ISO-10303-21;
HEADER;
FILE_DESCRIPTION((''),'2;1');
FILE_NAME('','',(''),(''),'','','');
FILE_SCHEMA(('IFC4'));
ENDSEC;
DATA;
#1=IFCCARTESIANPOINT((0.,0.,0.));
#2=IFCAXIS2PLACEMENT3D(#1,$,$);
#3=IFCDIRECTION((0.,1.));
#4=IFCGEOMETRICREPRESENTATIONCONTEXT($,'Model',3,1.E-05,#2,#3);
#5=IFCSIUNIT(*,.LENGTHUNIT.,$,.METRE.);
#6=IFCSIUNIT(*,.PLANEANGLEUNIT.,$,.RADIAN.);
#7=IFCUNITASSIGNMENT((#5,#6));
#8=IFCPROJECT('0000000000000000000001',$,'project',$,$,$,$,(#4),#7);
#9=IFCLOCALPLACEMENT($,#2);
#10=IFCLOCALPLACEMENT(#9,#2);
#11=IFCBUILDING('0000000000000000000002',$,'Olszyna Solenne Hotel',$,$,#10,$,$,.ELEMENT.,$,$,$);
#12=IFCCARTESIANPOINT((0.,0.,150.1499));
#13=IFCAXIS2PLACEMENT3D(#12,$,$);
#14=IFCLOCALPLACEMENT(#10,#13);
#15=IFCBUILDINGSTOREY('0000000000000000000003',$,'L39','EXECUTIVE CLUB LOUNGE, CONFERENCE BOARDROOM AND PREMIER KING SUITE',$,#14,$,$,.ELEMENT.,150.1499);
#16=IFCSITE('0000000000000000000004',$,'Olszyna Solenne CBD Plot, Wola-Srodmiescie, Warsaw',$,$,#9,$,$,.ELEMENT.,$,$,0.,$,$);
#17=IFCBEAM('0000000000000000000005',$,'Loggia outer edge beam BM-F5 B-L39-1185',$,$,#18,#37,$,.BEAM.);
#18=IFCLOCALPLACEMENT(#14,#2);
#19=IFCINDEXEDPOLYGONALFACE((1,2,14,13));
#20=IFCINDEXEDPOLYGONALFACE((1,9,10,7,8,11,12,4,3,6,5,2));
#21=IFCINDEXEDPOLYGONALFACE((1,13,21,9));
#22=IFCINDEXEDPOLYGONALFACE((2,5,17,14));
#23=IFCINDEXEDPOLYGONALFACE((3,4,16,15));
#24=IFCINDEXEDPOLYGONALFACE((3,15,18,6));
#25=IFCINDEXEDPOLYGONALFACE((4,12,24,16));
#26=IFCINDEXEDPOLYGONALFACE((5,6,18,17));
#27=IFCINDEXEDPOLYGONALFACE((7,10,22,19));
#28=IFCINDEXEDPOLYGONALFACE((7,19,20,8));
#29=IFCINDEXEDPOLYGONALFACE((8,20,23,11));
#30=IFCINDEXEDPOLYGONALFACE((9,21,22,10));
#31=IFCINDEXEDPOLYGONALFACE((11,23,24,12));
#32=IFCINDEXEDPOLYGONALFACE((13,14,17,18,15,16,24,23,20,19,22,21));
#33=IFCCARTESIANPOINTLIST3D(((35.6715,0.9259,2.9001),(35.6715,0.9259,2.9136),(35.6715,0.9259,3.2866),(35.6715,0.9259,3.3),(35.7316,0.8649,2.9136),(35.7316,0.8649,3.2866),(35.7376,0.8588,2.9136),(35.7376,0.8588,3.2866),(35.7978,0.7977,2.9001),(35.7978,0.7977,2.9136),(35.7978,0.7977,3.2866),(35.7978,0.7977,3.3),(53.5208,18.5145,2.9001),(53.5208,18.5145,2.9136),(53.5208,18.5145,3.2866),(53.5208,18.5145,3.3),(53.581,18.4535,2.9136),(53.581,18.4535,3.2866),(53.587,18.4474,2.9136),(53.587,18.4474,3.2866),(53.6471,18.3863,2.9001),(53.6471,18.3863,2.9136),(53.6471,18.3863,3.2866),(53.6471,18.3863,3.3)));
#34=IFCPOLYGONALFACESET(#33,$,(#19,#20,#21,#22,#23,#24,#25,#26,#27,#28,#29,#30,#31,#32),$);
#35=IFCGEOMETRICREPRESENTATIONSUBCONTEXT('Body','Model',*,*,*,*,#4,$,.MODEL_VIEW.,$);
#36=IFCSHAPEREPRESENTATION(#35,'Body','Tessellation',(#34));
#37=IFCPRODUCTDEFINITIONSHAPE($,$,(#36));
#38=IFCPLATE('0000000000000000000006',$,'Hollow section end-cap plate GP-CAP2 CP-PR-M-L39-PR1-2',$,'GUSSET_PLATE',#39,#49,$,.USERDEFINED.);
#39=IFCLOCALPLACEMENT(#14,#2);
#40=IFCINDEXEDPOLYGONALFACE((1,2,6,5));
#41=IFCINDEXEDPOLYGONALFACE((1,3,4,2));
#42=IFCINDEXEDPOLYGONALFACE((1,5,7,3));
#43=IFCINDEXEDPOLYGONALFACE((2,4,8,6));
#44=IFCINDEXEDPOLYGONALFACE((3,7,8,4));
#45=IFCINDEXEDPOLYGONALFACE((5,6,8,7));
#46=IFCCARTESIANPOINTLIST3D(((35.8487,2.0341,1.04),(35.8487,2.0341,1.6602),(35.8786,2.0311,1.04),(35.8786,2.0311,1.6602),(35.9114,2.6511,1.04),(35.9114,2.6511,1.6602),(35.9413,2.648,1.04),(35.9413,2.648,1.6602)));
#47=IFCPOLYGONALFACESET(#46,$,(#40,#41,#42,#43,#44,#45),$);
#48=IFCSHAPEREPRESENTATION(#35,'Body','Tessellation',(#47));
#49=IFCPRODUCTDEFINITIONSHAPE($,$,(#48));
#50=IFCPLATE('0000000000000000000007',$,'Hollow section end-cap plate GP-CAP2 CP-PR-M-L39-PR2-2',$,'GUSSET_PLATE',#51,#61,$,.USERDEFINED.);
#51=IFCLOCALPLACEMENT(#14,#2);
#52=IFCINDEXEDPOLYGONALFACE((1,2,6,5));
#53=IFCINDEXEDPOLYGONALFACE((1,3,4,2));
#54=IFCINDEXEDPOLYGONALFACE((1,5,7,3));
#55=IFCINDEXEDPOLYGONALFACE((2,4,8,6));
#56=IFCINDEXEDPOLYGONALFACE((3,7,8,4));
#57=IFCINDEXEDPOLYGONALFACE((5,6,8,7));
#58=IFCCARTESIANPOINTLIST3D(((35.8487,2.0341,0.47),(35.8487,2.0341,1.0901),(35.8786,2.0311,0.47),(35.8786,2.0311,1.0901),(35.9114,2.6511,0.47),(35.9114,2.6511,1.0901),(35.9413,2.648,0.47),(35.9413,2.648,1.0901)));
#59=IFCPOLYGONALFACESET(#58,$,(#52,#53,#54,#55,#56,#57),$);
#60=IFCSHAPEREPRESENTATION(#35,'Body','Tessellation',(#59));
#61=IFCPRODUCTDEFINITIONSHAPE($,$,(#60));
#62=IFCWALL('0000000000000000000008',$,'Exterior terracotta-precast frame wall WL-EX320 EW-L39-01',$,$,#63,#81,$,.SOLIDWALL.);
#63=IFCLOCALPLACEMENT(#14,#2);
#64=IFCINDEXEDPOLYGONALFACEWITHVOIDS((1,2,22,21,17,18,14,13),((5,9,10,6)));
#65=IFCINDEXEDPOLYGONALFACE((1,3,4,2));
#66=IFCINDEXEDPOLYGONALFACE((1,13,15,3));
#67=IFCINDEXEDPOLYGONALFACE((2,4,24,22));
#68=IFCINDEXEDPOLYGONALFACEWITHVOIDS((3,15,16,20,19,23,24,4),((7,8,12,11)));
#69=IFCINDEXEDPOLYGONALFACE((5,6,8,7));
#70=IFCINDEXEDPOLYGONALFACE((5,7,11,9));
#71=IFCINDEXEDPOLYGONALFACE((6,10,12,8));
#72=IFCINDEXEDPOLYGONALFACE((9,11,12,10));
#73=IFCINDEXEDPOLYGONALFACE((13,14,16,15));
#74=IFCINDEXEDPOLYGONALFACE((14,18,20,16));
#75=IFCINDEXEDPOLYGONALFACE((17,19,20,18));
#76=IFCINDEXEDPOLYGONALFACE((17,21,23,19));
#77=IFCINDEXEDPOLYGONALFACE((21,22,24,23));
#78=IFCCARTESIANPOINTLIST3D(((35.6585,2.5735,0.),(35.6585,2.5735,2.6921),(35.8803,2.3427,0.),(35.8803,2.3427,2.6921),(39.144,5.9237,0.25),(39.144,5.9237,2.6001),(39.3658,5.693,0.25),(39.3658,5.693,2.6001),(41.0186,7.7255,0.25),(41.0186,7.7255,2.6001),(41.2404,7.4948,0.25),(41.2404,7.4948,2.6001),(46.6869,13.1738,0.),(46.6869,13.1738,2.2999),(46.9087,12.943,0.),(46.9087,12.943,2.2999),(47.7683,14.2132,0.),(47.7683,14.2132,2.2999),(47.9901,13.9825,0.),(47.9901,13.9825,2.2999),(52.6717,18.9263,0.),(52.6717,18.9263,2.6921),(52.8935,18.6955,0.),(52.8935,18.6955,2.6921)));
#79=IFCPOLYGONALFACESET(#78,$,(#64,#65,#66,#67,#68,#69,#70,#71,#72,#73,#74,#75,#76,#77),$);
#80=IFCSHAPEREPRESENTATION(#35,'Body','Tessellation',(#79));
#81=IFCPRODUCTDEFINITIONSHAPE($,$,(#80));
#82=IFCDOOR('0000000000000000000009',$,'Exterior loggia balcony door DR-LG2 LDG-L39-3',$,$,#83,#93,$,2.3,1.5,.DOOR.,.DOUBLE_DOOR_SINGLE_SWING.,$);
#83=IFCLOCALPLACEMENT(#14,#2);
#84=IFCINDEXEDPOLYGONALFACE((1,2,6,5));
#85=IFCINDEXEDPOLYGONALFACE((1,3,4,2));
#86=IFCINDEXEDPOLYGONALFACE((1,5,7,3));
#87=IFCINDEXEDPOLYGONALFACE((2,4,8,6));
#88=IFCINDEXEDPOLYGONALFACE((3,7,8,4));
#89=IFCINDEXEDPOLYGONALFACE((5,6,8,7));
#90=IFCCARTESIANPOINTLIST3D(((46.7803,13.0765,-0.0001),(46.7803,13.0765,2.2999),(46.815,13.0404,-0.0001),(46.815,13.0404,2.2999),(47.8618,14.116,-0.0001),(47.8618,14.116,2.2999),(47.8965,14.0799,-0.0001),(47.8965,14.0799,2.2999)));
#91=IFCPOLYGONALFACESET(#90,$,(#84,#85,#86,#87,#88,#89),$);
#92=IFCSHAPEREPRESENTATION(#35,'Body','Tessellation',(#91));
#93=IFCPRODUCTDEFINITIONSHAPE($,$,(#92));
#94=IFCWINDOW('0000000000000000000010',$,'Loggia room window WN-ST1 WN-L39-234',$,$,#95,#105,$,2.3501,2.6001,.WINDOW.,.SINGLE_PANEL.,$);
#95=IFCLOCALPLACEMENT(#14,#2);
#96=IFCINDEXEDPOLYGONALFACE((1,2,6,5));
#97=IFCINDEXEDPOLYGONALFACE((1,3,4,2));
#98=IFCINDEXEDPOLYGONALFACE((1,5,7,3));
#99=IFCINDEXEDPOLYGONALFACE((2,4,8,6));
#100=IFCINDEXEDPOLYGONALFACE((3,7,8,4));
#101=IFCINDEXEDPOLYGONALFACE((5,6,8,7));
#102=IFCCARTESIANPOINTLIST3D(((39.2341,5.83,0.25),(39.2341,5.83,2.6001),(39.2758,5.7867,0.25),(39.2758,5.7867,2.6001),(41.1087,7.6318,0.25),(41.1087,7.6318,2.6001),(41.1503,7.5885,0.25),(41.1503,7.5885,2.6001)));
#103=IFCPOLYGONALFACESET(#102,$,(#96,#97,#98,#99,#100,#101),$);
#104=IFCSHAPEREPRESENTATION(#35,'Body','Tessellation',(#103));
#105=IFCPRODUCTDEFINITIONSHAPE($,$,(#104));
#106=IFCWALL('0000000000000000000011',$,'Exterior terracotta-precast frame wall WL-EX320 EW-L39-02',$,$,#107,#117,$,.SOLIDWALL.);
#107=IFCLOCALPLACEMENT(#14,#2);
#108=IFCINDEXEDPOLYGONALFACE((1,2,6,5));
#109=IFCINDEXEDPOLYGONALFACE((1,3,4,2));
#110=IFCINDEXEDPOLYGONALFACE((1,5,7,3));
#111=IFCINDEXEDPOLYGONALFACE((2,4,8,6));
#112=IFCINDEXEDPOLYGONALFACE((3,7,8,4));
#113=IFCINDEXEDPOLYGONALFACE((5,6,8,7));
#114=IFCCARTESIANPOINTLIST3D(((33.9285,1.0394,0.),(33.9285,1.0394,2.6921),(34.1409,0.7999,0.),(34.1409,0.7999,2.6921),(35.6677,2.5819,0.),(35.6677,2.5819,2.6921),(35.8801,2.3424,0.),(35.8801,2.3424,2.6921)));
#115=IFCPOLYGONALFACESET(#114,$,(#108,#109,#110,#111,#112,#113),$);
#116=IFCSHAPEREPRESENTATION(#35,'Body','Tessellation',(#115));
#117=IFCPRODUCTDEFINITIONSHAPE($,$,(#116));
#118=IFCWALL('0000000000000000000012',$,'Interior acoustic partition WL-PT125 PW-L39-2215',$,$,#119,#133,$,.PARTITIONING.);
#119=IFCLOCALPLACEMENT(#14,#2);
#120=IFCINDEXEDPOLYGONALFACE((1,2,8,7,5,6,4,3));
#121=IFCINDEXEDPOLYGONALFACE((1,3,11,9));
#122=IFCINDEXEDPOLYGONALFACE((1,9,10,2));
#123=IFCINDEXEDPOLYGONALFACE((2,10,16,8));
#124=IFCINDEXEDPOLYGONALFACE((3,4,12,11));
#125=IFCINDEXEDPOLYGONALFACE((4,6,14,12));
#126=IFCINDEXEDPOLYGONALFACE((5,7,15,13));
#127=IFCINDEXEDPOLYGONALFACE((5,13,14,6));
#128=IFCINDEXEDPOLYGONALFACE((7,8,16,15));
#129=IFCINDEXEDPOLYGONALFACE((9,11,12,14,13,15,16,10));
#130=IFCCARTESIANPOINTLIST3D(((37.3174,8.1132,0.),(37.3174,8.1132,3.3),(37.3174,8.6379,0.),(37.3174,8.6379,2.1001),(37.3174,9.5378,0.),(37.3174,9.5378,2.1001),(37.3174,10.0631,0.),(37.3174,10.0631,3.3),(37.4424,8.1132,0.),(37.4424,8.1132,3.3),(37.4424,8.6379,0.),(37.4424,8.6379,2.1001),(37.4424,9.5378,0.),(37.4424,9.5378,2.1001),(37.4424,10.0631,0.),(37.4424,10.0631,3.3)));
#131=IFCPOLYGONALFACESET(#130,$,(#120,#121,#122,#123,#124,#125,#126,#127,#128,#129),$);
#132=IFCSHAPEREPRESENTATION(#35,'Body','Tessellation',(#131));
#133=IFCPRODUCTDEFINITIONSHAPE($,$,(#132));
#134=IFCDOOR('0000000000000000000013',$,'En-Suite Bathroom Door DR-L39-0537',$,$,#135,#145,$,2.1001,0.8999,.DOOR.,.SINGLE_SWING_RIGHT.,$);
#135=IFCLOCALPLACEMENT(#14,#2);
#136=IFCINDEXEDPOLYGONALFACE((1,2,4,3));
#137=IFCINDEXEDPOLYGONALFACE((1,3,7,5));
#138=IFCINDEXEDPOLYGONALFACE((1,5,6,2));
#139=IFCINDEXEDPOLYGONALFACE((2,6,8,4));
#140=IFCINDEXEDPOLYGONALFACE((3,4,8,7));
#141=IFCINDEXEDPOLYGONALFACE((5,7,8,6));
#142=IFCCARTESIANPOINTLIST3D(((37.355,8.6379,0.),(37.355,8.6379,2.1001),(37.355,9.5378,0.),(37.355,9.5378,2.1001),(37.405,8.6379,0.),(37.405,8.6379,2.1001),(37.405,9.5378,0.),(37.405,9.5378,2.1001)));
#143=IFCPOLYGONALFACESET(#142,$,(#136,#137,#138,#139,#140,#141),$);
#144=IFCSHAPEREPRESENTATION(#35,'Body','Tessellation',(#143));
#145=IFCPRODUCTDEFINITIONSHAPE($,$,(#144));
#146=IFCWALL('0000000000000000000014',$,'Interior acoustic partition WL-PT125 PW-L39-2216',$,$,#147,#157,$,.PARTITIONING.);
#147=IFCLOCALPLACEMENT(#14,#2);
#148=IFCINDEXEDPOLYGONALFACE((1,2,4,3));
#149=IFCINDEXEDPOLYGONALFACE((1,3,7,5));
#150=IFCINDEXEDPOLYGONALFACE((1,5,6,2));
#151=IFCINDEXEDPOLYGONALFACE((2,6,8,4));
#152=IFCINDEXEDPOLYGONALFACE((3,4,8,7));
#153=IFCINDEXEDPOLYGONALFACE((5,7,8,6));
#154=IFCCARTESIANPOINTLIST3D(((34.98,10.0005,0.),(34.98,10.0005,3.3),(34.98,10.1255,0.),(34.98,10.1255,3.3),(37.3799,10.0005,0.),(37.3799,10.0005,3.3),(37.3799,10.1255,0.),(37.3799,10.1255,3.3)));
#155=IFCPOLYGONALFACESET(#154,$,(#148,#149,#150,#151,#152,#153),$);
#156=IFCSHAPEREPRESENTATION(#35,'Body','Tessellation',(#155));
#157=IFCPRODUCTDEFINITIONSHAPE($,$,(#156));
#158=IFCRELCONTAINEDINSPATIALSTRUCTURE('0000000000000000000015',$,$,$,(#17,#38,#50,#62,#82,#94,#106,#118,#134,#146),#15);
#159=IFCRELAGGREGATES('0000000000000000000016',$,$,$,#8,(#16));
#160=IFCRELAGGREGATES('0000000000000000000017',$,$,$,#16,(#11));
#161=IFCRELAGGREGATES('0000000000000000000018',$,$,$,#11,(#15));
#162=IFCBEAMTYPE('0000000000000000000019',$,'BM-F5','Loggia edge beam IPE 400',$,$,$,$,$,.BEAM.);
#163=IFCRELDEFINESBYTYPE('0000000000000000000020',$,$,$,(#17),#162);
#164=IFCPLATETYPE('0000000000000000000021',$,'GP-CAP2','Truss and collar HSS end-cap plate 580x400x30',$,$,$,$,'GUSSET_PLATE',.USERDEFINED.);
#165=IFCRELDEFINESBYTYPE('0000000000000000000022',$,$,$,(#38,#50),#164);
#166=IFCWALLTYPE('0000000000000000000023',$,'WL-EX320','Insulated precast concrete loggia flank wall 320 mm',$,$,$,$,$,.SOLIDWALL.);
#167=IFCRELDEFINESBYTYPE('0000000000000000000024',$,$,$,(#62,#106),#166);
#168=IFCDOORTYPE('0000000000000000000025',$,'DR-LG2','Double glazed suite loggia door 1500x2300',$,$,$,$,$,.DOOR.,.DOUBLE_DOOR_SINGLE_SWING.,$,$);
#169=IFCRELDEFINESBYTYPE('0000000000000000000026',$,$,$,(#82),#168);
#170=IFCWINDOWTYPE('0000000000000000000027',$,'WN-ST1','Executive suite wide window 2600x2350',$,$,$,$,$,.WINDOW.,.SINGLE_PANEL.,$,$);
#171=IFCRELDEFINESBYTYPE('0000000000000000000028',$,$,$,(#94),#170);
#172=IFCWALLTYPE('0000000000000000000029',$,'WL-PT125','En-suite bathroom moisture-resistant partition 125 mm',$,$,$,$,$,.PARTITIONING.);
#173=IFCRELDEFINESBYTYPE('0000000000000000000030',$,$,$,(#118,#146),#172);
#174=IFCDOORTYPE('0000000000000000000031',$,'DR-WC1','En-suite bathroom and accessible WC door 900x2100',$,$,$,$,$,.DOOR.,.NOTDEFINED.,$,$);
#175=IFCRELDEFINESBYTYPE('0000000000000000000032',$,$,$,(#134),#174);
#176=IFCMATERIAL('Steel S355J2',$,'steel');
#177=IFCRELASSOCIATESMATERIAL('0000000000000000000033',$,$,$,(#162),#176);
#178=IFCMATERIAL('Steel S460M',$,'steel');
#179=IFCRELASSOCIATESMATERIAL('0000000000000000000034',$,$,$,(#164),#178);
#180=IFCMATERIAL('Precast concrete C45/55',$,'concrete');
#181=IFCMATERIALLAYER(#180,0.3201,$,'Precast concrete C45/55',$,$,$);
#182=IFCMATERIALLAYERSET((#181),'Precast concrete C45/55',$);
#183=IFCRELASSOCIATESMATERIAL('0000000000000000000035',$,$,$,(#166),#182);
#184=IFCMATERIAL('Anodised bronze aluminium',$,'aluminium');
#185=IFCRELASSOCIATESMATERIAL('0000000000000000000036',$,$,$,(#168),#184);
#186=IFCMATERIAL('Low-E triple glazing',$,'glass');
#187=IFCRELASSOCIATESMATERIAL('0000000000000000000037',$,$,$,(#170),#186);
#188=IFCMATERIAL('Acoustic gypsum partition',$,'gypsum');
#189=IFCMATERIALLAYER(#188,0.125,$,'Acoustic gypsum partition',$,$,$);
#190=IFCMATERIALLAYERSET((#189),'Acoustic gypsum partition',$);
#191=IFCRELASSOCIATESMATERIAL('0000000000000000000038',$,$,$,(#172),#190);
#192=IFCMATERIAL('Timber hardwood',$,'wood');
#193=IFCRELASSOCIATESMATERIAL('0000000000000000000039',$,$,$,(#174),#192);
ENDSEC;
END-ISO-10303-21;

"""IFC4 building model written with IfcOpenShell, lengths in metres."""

from ifc_helpers import new_model, si_unit, direction, frame, frame_2d, origin, origin_2d, place, context, subcontext, project, spatial, rectangle, i_section, extrude, source, transform, mapped, material, layer, layer_set, material_profile, profile_set, type_object, type_shapes, element, fill, save


model = new_model("IFC4")

# Units and contexts
model_context = context("Model", 3, precision=1e-05, world=origin(), true_north=direction((0.0, 1.0)))
body_context = subcontext(model_context, "Body", "Model", "MODEL_VIEW")
ifc_project = project(units=[si_unit("LENGTHUNIT", "METRE"), si_unit("PLANEANGLEUNIT", "RADIAN")], contexts=[model_context])

# Site, building, storey
site_placement = place(None, origin())
site = spatial("IfcSite", under=ifc_project, at=site_placement, Name="Olszyna Solenne CBD Plot, Wola-Srodmiescie, Warsaw", CompositionType="ELEMENT", RefElevation=0.0)
building_placement = place(site_placement, origin())
building = spatial("IfcBuilding", under=site, at=building_placement, Name="Olszyna Solenne Hotel", CompositionType="ELEMENT")
storey_placement = place(building_placement, frame((0.0, 0.0, 150.1499)))
storey = spatial("IfcBuildingStorey", under=building, at=storey_placement, Name="L39", Description="EXECUTIVE CLUB LOUNGE, CONFERENCE BOARDROOM AND PREMIER KING SUITE", CompositionType="ELEMENT", Elevation=150.1499)

# Shared definitions
ifc_material_1 = material(Name="Steel S460M", Category="steel")

# Beam
ifc_material_2 = material(Name="Steel S355J2", Category="steel")
ifc_material_profile_1 = material_profile(ifc_material_2, i_section(OverallWidth=0.1799, OverallDepth=0.3999, WebThickness=0.0085, FlangeThickness=0.0134, at=origin_2d()), Name="IPE 400", Category="load-bearing")
ifc_profile_set_1 = profile_set([ifc_material_profile_1], Name="Steel S355J2")
beam_type_1 = type_object("IfcBeamType", Name="BM-F5", Description="Loggia edge beam IPE 400", PredefinedType="BEAM", material=ifc_profile_set_1)
shared_shape_1 = source(origin(), body_context, "Body", "SweptSolid", [
    extrude(i_section(OverallWidth=0.1799, OverallDepth=0.3999, WebThickness=0.0085, FlangeThickness=0.0134, at=origin_2d()), origin(), (0.0, 0.0, 1.0), 25.0591),
])
beam_1_placement = place(storey_placement, frame((35.7346, 0.8618, 3.1001), z_axis=(0.71229, 0.701885, 0.0), x_axis=(-0.701885, 0.71229, 0.0)))
element("IfcBeam", 1, at=beam_1_placement, inside=storey, type_object=beam_type_1, Name="Loggia outer edge beam BM-F5 B-L39-1185", PredefinedType="BEAM", context=body_context, shape_type="MappedRepresentation", body=[
    mapped(shared_shape_1, transform((0.0, 0.0, 0.0), x_axis=(1.0, 0.0, 0.0), y_axis=(0.0, 1.0, 0.0), z_axis=(0.0, 0.0, 1.0), scale=1.0)),
])

# Plates
plate_type = type_object("IfcPlateType", Name="GP-CAP2", Description="Truss and collar HSS end-cap plate 580x400x30", ElementType="GUSSET_PLATE", PredefinedType="USERDEFINED", material=ifc_material_1)
shared_shape_2 = source(origin(), body_context, "Body", "SweptSolid", [
    extrude(rectangle(XDim=0.03, YDim=0.6201, at=origin_2d()), origin(), (0.0, 0.0, 1.0), 0.6201),
])
for number, where, z_axis, x_axis, name in (
    (2, (35.895, 2.3411, 1.04), (0.0, 0.0, 1.0), (0.994881, -0.101056, 0.0), "Hollow section end-cap plate GP-CAP2 CP-PR-M-L39-PR1-2"),
    (3, (35.895, 2.3411, 0.47), (0.0, 0.0, 1.0), (0.994881, -0.101056, 0.0), "Hollow section end-cap plate GP-CAP2 CP-PR-M-L39-PR2-2"),
):
    element("IfcPlate", number, at=place(storey_placement, frame(where, z_axis=z_axis, x_axis=x_axis)), inside=storey, type_object=plate_type, Name=name, ObjectType="GUSSET_PLATE", PredefinedType="USERDEFINED", context=body_context, shape_type="MappedRepresentation", body=[
        mapped(shared_shape_2, transform((0.0, 0.0, 0.0), x_axis=(1.0, 0.0, 0.0), y_axis=(0.0, 1.0, 0.0), z_axis=(0.0, 0.0, 1.0), scale=1.0)),
    ])

# Wall, openings, door, window
ifc_material_3 = material(Name="Precast concrete C45/55", Category="concrete")
ifc_layer_1 = layer(ifc_material_3, 0.3201, Name="Precast concrete C45/55")
ifc_layer_set_1 = layer_set([ifc_layer_1], Name="Precast concrete C45/55")
wall_type_1 = type_object("IfcWallType", Name="WL-EX320", Description="Insulated precast concrete loggia flank wall 320 mm", PredefinedType="SOLIDWALL", material=ifc_layer_set_1)
wall_1_placement = place(storey_placement, frame((52.7825, 18.8108, 0.0), z_axis=(0.0, 0.0, 1.0), x_axis=(-0.720961, -0.692976, 0.0)))
wall_1 = element("IfcWall", 4, at=wall_1_placement, inside=storey, type_object=wall_type_1, Name="Exterior terracotta-precast frame wall WL-EX320 EW-L39-01", PredefinedType="SOLIDWALL", context=body_context, shape_type="SweptSolid", body=[
    extrude(rectangle(XDim=23.5979, YDim=0.3201, at=frame_2d((11.7988, 0.0))), origin(), (0.0, 0.0, 1.0), 2.6921),
])
opening_1_placement = place(wall_1_placement, frame((6.801, 0.0, 0.0)))
opening_1 = element("IfcOpeningElement", 5, at=opening_1_placement, cuts=wall_1, PredefinedType="OPENING", context=body_context, shape_type="SweptSolid", body=[
    extrude(rectangle(XDim=1.5, YDim=2.3, at=frame_2d((0.75, 1.1499))), frame((0.0, 0.1699, 0.0), z_axis=(0.0, -1.0, 0.0), x_axis=(1.0, 0.0, 0.0)), (0.0, 0.0, 1.0), 0.3401),
])
opening_2_placement = place(wall_1_placement, frame((16.1631, 0.0, 0.25)))
opening_2 = element("IfcOpeningElement", 6, at=opening_2_placement, cuts=wall_1, PredefinedType="OPENING", context=body_context, shape_type="SweptSolid", body=[
    extrude(rectangle(XDim=2.6001, YDim=2.3501, at=frame_2d((1.3, 1.175))), frame((0.0, 0.1699, 0.0), z_axis=(0.0, -1.0, 0.0), x_axis=(1.0, 0.0, 0.0)), (0.0, 0.0, 1.0), 0.3401),
])
ifc_material_4 = material(Name="Anodised bronze aluminium", Category="aluminium")
door_type_1 = type_object("IfcDoorType", Name="DR-LG2", Description="Double glazed suite loggia door 1500x2300", OperationType="DOUBLE_DOOR_SINGLE_SWING", PredefinedType="DOOR", material=ifc_material_4)
shared_shape_3 = source(origin(), body_context, "Body", "SweptSolid", [
    extrude(rectangle(XDim=1.5, YDim=2.3, at=frame_2d((0.75, 1.1499))), frame((0.0, 0.0249, 0.0), z_axis=(0.0, -1.0, 0.0), x_axis=(1.0, 0.0, 0.0)), (0.0, 0.0, 1.0), 0.05),
])
type_shapes(door_type_1, [shared_shape_3])
door_1_placement = place(opening_1_placement, origin())
door_1 = element("IfcDoor", 7, at=door_1_placement, inside=storey, type_object=door_type_1, Name="Exterior loggia balcony door DR-LG2 LDG-L39-3", OperationType="DOUBLE_DOOR_SINGLE_SWING", OverallHeight=2.3, OverallWidth=1.5, PredefinedType="DOOR", context=body_context, shape_type="MappedRepresentation", body=[
    mapped(shared_shape_3, transform((0.0, 0.0, 0.0), x_axis=(1.0, 0.0, 0.0), y_axis=(0.0, 1.0, 0.0), z_axis=(0.0, 0.0, 1.0), scale=1.0)),
])
fill(opening_1, door_1)
ifc_material_5 = material(Name="Low-E triple glazing", Category="glass")
window_type = type_object("IfcWindowType", Name="WN-ST1", Description="Executive suite wide window 2600x2350", PartitioningType="SINGLE_PANEL", PredefinedType="WINDOW", material=ifc_material_5)
shared_shape_4 = source(origin(), body_context, "Body", "SweptSolid", [
    extrude(rectangle(XDim=2.6001, YDim=2.3501, at=frame_2d((1.3, 1.175))), frame((0.0, 0.03, 0.0), z_axis=(0.0, -1.0, 0.0), x_axis=(1.0, 0.0, 0.0)), (0.0, 0.0, 1.0), 0.0601),
])
type_shapes(window_type, [shared_shape_4])
window_placement = place(opening_2_placement, origin())
window = element("IfcWindow", 8, at=window_placement, inside=storey, type_object=window_type, Name="Loggia room window WN-ST1 WN-L39-234", OverallHeight=2.3501, OverallWidth=2.6001, PartitioningType="SINGLE_PANEL", PredefinedType="WINDOW", context=body_context, shape_type="MappedRepresentation", body=[
    mapped(shared_shape_4, transform((0.0, 0.0, 0.0), x_axis=(1.0, 0.0, 0.0), y_axis=(0.0, 1.0, 0.0), z_axis=(0.0, 0.0, 1.0), scale=1.0)),
])
fill(opening_2, window)

# Wall
wall_2_placement = place(storey_placement, frame((35.7739, 2.4622, 0.0), z_axis=(0.0, 0.0, 1.0), x_axis=(-0.748162, -0.663516, 0.0)))
element("IfcWall", 9, at=wall_2_placement, inside=storey, type_object=wall_type_1, Name="Exterior terracotta-precast frame wall WL-EX320 EW-L39-02", PredefinedType="SOLIDWALL", context=body_context, shape_type="SweptSolid", body=[
    extrude(rectangle(XDim=2.3247, YDim=0.3201, at=frame_2d((1.1624, 0.0))), origin(), (0.0, 0.0, 1.0), 2.6921),
])

# Wall, opening, door
ifc_material_6 = material(Name="Acoustic gypsum partition", Category="gypsum")
ifc_layer_2 = layer(ifc_material_6, 0.125, Name="Acoustic gypsum partition")
ifc_layer_set_2 = layer_set([ifc_layer_2], Name="Acoustic gypsum partition")
wall_type_2 = type_object("IfcWallType", Name="WL-PT125", Description="En-suite bathroom moisture-resistant partition 125 mm", PredefinedType="PARTITIONING", material=ifc_layer_set_2)
wall_3_placement = place(storey_placement, frame((37.3799, 8.113, 0.0), z_axis=(0.0, 0.0, 1.0), x_axis=(0.0, 1.0, 0.0)))
wall_3 = element("IfcWall", 10, at=wall_3_placement, inside=storey, type_object=wall_type_2, Name="Interior acoustic partition WL-PT125 PW-L39-2215", PredefinedType="PARTITIONING", context=body_context, shape_type="SweptSolid", body=[
    extrude(rectangle(XDim=1.95, YDim=0.125, at=frame_2d((0.9751, 0.0))), origin(), (0.0, 0.0, 1.0), 3.3),
])
opening_3_placement = place(wall_3_placement, frame((0.5249, 0.0, 0.0)))
opening_3 = element("IfcOpeningElement", 11, at=opening_3_placement, cuts=wall_3, PredefinedType="OPENING", context=body_context, shape_type="SweptSolid", body=[
    extrude(rectangle(XDim=0.8999, YDim=2.1001, at=frame_2d((0.45, 1.05))), frame((0.0, 0.0725, 0.0), z_axis=(0.0, -1.0, 0.0), x_axis=(1.0, 0.0, 0.0)), (0.0, 0.0, 1.0), 0.145),
])
ifc_material_7 = material(Name="Timber hardwood", Category="wood")
door_type_2 = type_object("IfcDoorType", Name="DR-WC1", Description="En-suite bathroom and accessible WC door 900x2100", OperationType="NOTDEFINED", PredefinedType="DOOR", material=ifc_material_7)
shared_shape_5 = source(origin(), body_context, "Body", "SweptSolid", [
    extrude(rectangle(XDim=0.8999, YDim=2.1001, at=frame_2d((0.45, 1.05))), frame((0.0, 0.0249, 0.0), z_axis=(0.0, -1.0, 0.0), x_axis=(1.0, 0.0, 0.0)), (0.0, 0.0, 1.0), 0.05),
])
type_shapes(door_type_2, [shared_shape_5])
door_2_placement = place(opening_3_placement, origin())
door_2 = element("IfcDoor", 12, at=door_2_placement, inside=storey, type_object=door_type_2, Name="En-Suite Bathroom Door DR-L39-0537", OperationType="SINGLE_SWING_RIGHT", OverallHeight=2.1001, OverallWidth=0.8999, PredefinedType="DOOR", context=body_context, shape_type="MappedRepresentation", body=[
    mapped(shared_shape_5, transform((0.0, 0.0, 0.0), x_axis=(1.0, 0.0, 0.0), y_axis=(0.0, 1.0, 0.0), z_axis=(0.0, 0.0, 1.0), scale=1.0)),
])
fill(opening_3, door_2)

# Wall
wall_4_placement = place(storey_placement, frame((37.3799, 10.063, 0.0), z_axis=(0.0, 0.0, 1.0), x_axis=(-1.0, 0.0, 0.0)))
element("IfcWall", 13, at=wall_4_placement, inside=storey, type_object=wall_type_2, Name="Interior acoustic partition WL-PT125 PW-L39-2216", PredefinedType="PARTITIONING", context=body_context, shape_type="SweptSolid", body=[
    extrude(rectangle(XDim=2.3999, YDim=0.125, at=frame_2d((1.2, 0.0))), origin(), (0.0, 0.0, 1.0), 3.3),
])

save(model, "model.ifc")
